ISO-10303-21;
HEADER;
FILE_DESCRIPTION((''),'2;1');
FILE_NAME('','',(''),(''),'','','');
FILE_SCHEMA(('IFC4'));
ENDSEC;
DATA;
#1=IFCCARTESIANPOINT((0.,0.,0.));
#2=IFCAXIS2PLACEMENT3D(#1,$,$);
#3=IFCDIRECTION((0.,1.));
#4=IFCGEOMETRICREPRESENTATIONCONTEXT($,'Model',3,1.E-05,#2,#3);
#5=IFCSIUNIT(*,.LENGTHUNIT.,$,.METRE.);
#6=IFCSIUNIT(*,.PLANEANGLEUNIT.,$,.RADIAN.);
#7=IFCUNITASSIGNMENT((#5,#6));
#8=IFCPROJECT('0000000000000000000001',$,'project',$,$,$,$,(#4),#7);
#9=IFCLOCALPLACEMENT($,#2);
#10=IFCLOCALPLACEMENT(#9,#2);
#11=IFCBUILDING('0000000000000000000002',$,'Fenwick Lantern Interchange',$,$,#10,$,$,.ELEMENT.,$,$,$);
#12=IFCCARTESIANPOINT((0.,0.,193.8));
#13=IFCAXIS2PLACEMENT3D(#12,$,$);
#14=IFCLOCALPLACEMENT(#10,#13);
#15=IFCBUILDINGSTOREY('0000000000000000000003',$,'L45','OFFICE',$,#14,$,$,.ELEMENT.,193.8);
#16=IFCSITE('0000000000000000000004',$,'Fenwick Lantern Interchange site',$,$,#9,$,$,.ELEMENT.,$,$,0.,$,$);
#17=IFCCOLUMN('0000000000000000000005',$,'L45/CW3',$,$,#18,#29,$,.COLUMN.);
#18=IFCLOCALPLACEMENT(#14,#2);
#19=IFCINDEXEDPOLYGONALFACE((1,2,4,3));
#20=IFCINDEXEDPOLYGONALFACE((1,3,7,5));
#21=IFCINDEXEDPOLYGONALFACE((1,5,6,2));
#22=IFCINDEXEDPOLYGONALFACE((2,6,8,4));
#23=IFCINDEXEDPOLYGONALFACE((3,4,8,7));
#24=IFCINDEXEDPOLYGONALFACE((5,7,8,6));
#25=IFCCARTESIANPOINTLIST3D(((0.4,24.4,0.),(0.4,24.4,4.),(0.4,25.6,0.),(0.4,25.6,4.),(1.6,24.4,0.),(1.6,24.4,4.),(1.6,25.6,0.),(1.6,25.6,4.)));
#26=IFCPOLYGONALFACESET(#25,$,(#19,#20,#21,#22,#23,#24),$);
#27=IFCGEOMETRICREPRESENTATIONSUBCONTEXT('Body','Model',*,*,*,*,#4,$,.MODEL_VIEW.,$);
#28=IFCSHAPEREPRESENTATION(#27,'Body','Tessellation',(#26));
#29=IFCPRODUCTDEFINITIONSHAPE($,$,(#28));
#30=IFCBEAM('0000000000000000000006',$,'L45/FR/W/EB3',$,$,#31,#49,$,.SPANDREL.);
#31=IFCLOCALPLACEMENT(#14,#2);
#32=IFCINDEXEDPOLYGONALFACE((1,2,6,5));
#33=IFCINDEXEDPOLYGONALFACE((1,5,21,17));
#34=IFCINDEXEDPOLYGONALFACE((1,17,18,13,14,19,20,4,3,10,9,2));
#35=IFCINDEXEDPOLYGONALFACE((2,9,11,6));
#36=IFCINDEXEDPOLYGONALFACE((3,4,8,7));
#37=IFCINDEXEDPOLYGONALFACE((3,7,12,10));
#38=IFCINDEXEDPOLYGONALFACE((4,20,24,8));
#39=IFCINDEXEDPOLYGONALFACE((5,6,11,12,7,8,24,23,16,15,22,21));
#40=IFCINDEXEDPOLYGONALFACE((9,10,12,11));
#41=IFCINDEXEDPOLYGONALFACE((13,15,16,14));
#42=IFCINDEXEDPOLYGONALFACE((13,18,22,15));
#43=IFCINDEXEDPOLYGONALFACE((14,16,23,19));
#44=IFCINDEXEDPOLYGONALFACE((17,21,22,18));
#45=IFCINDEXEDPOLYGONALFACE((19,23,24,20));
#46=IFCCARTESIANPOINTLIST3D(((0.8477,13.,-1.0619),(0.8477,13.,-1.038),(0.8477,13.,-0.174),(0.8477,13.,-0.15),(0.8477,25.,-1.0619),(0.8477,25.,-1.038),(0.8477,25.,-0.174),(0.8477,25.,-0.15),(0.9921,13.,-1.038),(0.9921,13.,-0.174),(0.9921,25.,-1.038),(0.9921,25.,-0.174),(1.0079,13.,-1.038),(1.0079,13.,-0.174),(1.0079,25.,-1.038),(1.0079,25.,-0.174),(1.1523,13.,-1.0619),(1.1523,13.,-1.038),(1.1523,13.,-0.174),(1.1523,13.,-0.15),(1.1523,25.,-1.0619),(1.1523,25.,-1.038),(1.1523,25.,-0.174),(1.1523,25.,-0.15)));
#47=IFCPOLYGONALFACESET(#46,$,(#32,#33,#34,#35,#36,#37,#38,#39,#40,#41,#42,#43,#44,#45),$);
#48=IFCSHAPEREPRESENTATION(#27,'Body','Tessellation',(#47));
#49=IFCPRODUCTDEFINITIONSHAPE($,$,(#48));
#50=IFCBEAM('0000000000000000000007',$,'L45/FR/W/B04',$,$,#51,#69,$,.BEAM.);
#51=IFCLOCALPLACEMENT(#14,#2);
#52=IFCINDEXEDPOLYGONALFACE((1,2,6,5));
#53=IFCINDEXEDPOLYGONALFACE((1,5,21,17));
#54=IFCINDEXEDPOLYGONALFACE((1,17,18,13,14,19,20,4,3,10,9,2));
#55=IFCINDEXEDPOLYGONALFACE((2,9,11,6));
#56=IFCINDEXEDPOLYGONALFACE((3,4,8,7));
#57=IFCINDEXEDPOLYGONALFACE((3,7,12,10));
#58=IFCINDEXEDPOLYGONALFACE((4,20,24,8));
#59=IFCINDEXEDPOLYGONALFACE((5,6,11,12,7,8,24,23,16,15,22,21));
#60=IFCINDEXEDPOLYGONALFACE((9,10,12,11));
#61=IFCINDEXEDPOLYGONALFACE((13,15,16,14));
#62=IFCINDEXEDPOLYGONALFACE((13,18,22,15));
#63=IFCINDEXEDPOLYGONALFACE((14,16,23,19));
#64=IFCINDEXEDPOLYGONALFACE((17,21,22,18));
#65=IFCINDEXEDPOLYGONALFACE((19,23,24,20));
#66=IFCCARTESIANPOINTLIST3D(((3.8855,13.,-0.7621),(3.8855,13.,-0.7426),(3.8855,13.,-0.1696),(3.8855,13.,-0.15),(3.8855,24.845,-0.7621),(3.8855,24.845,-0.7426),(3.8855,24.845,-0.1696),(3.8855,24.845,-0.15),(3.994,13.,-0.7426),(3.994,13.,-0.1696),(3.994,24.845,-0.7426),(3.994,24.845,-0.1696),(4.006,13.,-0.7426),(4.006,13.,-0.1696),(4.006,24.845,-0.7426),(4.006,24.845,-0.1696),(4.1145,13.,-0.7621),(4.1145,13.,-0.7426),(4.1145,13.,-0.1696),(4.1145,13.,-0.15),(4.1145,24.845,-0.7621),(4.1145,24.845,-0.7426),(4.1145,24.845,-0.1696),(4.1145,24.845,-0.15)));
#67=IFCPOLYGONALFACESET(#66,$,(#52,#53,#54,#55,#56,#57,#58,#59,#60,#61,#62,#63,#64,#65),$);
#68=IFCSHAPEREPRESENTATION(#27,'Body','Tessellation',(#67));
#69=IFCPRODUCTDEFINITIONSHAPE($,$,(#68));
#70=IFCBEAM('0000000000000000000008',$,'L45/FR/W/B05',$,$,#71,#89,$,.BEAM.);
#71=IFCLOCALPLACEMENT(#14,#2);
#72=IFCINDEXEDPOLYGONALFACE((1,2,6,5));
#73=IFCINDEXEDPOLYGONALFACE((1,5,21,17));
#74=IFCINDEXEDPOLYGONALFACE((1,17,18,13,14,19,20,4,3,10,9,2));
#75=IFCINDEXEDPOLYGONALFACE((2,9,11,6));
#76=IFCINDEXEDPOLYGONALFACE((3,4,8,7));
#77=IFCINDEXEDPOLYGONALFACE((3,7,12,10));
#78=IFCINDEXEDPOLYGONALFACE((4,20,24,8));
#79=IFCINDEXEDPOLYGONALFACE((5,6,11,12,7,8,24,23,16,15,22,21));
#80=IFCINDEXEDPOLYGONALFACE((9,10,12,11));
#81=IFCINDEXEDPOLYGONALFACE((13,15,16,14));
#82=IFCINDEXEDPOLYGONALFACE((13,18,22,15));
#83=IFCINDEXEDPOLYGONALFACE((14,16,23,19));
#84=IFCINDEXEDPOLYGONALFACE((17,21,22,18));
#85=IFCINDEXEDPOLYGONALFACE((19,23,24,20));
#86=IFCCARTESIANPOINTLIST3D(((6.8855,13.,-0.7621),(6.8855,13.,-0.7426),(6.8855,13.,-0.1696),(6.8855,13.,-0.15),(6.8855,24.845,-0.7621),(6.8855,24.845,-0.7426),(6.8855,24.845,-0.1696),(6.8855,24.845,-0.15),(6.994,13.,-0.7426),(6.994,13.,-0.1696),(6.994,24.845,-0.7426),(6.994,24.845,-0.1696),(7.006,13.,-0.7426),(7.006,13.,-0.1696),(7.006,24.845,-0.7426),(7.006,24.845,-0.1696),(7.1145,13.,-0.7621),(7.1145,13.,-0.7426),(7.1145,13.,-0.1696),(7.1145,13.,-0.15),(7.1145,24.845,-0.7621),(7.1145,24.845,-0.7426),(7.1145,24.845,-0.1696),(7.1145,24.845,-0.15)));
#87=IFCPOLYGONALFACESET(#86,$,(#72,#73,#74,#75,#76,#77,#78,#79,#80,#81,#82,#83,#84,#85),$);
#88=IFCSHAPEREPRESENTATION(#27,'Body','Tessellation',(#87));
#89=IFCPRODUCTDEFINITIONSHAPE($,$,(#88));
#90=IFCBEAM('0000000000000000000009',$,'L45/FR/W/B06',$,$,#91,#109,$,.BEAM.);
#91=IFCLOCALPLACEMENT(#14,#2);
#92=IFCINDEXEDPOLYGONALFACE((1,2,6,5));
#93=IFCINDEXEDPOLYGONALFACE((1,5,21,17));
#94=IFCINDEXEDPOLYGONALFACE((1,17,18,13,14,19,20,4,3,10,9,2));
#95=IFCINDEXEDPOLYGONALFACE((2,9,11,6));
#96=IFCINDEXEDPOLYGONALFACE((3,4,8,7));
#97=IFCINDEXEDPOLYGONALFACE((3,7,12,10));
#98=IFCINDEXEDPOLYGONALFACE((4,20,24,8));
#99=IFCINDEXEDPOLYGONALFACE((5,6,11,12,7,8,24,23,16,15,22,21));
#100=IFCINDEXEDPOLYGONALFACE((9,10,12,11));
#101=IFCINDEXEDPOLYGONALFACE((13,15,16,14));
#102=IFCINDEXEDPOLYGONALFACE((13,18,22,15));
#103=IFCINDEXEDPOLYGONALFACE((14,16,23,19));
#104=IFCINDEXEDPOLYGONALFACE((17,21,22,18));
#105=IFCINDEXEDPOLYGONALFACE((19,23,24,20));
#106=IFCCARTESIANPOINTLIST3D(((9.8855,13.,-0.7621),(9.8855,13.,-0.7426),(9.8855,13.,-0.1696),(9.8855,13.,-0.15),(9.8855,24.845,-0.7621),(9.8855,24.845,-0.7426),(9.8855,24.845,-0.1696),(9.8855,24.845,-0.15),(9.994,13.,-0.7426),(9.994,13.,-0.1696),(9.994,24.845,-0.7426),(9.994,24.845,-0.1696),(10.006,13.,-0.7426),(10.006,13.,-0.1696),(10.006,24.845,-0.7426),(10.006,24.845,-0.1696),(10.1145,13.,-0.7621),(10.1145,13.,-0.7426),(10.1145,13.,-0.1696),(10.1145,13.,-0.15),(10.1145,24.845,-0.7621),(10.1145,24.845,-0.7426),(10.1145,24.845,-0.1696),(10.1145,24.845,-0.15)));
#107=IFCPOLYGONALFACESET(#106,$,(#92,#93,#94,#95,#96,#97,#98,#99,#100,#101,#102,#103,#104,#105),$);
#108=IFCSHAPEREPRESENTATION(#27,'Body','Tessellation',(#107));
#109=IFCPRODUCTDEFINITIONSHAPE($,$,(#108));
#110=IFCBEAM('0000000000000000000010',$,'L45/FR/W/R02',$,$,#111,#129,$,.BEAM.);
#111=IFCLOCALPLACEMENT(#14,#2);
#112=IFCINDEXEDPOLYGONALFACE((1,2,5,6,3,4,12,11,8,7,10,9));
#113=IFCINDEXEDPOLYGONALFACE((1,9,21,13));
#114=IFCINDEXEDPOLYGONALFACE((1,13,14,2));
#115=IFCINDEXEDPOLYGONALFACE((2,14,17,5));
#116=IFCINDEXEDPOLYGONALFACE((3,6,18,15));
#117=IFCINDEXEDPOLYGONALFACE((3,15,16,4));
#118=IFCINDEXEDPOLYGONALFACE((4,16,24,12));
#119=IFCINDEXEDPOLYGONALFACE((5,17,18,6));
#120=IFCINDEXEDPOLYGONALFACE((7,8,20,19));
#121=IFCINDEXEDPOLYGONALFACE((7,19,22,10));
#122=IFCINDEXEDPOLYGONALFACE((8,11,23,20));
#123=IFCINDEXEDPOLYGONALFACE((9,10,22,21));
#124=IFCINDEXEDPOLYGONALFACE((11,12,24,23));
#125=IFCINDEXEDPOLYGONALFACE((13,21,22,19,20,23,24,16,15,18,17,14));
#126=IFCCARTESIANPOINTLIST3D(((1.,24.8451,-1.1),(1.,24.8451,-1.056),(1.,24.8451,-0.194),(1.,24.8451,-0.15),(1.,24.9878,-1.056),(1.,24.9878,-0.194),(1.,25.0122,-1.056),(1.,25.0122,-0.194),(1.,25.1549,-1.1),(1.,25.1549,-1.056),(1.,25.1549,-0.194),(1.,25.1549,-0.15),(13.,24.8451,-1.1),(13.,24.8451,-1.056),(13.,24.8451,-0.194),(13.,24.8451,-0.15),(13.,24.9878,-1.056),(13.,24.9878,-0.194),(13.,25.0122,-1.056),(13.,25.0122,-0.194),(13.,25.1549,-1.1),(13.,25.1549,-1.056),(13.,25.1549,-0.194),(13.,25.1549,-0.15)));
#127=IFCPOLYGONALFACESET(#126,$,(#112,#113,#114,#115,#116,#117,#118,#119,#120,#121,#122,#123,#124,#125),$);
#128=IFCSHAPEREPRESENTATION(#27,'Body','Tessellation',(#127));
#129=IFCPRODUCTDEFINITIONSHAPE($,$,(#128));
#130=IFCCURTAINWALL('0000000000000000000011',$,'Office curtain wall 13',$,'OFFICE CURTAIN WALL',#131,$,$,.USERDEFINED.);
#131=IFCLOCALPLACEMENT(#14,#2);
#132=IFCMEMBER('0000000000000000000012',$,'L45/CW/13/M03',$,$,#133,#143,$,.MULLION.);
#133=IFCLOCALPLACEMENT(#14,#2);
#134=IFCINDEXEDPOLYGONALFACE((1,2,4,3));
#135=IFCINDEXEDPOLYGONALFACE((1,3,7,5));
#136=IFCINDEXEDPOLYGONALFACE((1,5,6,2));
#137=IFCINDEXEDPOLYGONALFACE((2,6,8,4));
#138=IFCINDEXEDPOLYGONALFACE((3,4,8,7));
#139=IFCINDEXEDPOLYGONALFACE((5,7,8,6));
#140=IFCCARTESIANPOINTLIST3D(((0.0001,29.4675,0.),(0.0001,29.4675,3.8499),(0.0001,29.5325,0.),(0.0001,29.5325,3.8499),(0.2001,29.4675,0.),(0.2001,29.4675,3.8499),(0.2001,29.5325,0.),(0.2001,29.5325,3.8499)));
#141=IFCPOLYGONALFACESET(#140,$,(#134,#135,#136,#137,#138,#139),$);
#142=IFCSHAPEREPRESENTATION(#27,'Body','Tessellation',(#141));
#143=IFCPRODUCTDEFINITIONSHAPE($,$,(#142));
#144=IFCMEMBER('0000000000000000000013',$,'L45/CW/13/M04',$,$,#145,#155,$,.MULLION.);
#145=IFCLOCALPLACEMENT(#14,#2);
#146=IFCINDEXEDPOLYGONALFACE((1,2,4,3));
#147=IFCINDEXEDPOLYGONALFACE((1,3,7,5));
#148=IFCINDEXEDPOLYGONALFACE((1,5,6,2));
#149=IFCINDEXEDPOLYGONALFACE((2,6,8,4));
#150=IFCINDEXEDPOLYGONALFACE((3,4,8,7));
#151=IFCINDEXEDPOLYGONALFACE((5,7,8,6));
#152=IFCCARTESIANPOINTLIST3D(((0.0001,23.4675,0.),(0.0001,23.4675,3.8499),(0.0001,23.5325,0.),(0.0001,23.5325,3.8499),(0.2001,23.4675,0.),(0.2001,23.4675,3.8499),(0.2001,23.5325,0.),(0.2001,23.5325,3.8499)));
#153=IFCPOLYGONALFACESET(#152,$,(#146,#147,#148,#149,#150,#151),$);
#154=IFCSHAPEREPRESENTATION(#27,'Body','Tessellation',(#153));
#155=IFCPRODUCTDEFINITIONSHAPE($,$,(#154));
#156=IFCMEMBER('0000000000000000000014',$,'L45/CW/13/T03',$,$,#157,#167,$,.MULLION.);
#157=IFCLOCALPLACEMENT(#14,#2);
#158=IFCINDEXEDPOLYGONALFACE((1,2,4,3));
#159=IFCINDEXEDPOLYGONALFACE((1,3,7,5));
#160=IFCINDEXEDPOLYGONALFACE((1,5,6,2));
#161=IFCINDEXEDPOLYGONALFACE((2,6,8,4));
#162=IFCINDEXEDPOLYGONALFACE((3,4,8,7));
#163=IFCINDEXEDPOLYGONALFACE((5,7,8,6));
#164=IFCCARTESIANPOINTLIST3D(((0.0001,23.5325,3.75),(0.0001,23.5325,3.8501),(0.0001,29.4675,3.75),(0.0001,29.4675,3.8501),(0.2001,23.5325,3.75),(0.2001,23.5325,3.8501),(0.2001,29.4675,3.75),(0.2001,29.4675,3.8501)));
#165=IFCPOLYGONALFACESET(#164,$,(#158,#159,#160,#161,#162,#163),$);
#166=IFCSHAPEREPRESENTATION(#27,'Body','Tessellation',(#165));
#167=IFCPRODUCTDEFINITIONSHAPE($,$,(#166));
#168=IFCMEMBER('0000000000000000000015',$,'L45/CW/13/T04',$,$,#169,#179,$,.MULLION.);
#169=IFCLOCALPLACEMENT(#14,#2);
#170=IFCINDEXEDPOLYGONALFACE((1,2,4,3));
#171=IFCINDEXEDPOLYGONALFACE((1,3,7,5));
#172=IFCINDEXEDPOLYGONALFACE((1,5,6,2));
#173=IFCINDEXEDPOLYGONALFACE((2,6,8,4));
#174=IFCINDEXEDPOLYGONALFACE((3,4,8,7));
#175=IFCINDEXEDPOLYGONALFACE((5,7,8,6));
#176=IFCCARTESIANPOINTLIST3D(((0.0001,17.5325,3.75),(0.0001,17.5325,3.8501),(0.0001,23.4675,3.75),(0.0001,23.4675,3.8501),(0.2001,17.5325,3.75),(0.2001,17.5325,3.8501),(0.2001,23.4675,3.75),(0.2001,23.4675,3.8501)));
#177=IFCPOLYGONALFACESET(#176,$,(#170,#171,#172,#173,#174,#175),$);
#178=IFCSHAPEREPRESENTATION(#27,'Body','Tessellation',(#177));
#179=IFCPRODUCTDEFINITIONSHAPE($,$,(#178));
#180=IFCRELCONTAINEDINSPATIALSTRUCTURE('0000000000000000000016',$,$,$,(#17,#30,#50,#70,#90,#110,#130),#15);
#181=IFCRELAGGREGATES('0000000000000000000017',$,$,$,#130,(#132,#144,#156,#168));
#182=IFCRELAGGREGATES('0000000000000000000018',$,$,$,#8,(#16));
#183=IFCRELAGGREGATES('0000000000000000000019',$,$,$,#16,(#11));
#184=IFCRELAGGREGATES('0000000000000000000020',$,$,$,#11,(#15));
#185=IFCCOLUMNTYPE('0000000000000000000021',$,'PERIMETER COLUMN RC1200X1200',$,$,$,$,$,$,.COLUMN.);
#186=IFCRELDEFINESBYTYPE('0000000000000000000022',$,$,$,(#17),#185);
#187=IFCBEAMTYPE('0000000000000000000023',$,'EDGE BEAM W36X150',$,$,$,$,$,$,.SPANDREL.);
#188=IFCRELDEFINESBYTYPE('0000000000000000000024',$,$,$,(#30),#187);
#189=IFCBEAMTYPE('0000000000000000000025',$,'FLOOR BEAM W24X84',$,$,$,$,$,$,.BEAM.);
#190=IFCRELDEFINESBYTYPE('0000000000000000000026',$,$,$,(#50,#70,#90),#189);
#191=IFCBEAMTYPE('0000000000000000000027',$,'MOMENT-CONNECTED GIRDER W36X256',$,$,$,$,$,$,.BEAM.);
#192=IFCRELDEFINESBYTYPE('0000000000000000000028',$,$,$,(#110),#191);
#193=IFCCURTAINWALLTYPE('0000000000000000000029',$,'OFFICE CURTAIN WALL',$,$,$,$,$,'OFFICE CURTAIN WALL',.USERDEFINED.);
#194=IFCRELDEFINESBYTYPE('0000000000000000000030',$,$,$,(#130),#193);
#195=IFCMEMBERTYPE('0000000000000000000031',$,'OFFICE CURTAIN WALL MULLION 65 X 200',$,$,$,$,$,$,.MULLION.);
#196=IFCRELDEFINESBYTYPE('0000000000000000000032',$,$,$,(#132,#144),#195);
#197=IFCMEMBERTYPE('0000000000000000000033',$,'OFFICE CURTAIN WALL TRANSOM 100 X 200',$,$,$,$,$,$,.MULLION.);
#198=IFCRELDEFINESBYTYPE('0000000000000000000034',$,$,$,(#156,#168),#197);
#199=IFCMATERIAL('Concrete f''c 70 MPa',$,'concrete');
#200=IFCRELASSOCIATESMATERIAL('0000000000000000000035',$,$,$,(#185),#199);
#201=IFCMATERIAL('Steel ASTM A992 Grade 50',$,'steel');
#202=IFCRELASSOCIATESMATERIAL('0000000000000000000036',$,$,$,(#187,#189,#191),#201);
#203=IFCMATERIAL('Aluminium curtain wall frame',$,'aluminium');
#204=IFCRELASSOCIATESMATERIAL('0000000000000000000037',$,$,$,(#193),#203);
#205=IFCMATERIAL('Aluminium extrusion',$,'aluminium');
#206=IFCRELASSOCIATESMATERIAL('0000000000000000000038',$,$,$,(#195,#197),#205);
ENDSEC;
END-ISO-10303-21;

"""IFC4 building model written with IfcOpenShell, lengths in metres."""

from ifc_helpers import new_model, si_unit, direction, frame, origin, origin_2d, place, context, subcontext, project, spatial, rectangle, i_section, extrude, material, material_profile, profile_set, type_object, element, aggregate, save


model = new_model("IFC4")

# Units and contexts
model_context = context("Model", 3, precision=1e-05, world=origin(), true_north=direction((0.0, 1.0)))
body_context = subcontext(model_context, "Body", "Model", "MODEL_VIEW")
ifc_project = project(units=[si_unit("LENGTHUNIT", "METRE"), si_unit("PLANEANGLEUNIT", "RADIAN")], contexts=[model_context])

# Site, building, storey
site_placement = place(None, origin())
site = spatial("IfcSite", under=ifc_project, at=site_placement, Name="Fenwick Lantern Interchange site", CompositionType="ELEMENT", RefElevation=0.0)
building_placement = place(site_placement, origin())
building = spatial("IfcBuilding", under=site, at=building_placement, Name="Fenwick Lantern Interchange", CompositionType="ELEMENT")
storey_placement = place(building_placement, frame((0.0, 0.0, 193.8)))
storey = spatial("IfcBuildingStorey", under=building, at=storey_placement, Name="L45", Description="OFFICE", CompositionType="ELEMENT", Elevation=193.8)

# Column
ifc_material_1 = material(Name="Concrete f'c 70 MPa", Category="concrete")
ifc_material_profile_1 = material_profile(ifc_material_1, rectangle(XDim=1.2, YDim=1.2, at=origin_2d()), Name="RC1200X1200")
ifc_profile_set_1 = profile_set([ifc_material_profile_1], Name="Concrete f'c 70 MPa")
column_type = type_object("IfcColumnType", Name="PERIMETER COLUMN RC1200X1200", PredefinedType="COLUMN", material=ifc_profile_set_1)
column_placement = place(storey_placement, frame((1.0, 25.0, 0.0), z_axis=(0.0, 0.0, 1.0), x_axis=(1.0, 0.0, 0.0)))
element("IfcColumn", 1, at=column_placement, inside=storey, type_object=column_type, Name="L45/CW3", PredefinedType="COLUMN", context=body_context, shape_type="SweptSolid", body=[
    extrude(rectangle(XDim=1.2, YDim=1.2, at=origin_2d()), origin(), (0.0, 0.0, 1.0), 4.0),
])

# Beams
ifc_material_2 = material(Name="Steel ASTM A992 Grade 50", Category="steel")
ifc_material_profile_2 = material_profile(ifc_material_2, i_section(OverallWidth=0.3047, OverallDepth=0.9119, WebThickness=0.0159, FlangeThickness=0.0239, at=origin_2d()), Name="W36X150")
ifc_profile_set_2 = profile_set([ifc_material_profile_2], Name="Steel ASTM A992 Grade 50")
beam_type_1 = type_object("IfcBeamType", Name="EDGE BEAM W36X150", PredefinedType="SPANDREL", material=ifc_profile_set_2)
beam_1_placement = place(storey_placement, frame((1.0, 25.0, -0.606), z_axis=(0.0, -1.0, 0.0), x_axis=(1.0, 0.0, 0.0)))
element("IfcBeam", 2, at=beam_1_placement, inside=storey, type_object=beam_type_1, Name="L45/FR/W/EB3", PredefinedType="SPANDREL", context=body_context, shape_type="SweptSolid", body=[
    extrude(i_section(OverallWidth=0.3047, OverallDepth=0.9119, WebThickness=0.0159, FlangeThickness=0.0239, at=origin_2d()), origin(), (0.0, 0.0, 1.0), 12.0),
])
ifc_material_profile_3 = material_profile(ifc_material_2, i_section(OverallWidth=0.229, OverallDepth=0.6121, WebThickness=0.012, FlangeThickness=0.0195, at=origin_2d()), Name="W24X84")
ifc_profile_set_3 = profile_set([ifc_material_profile_3], Name="Steel ASTM A992 Grade 50")
beam_type_2 = type_object("IfcBeamType", Name="FLOOR BEAM W24X84", PredefinedType="BEAM", material=ifc_profile_set_3)
for number, where, z_axis, x_axis, name in (
    (3, (4.0, 24.845, -0.4561), (0.0, -1.0, 0.0), (1.0, 0.0, 0.0), "L45/FR/W/B04"),
    (4, (7.0, 24.845, -0.4561), (0.0, -1.0, 0.0), (1.0, 0.0, 0.0), "L45/FR/W/B05"),
    (5, (10.0, 24.845, -0.4561), (0.0, -1.0, 0.0), (1.0, 0.0, 0.0), "L45/FR/W/B06"),
):
    element("IfcBeam", number, at=place(storey_placement, frame(where, z_axis=z_axis, x_axis=x_axis)), inside=storey, type_object=beam_type_2, Name=name, PredefinedType="BEAM", context=body_context, shape_type="SweptSolid", body=[
        extrude(i_section(OverallWidth=0.229, OverallDepth=0.6121, WebThickness=0.012, FlangeThickness=0.0195, at=origin_2d()), origin(), (0.0, 0.0, 1.0), 11.845),
    ])
ifc_material_profile_4 = material_profile(ifc_material_2, i_section(OverallWidth=0.3098, OverallDepth=0.95, WebThickness=0.0244, FlangeThickness=0.0439, at=origin_2d()), Name="W36X256")
ifc_profile_set_4 = profile_set([ifc_material_profile_4], Name="Steel ASTM A992 Grade 50")
beam_type_3 = type_object("IfcBeamType", Name="MOMENT-CONNECTED GIRDER W36X256", PredefinedType="BEAM", material=ifc_profile_set_4)
beam_2_placement = place(storey_placement, frame((1.0, 25.0, -0.625), z_axis=(1.0, 0.0, 0.0), x_axis=(0.0, 1.0, 0.0)))
element("IfcBeam", 6, at=beam_2_placement, inside=storey, type_object=beam_type_3, Name="L45/FR/W/R02", PredefinedType="BEAM", context=body_context, shape_type="SweptSolid", body=[
    extrude(i_section(OverallWidth=0.3098, OverallDepth=0.95, WebThickness=0.0244, FlangeThickness=0.0439, at=origin_2d()), origin(), (0.0, 0.0, 1.0), 12.0),
])

# Curtain wall, members
ifc_material_3 = material(Name="Aluminium curtain wall frame", Category="aluminium")
curtain_wall_type = type_object("IfcCurtainWallType", Name="OFFICE CURTAIN WALL", ElementType="OFFICE CURTAIN WALL", PredefinedType="USERDEFINED", material=ifc_material_3)
curtain_wall_placement = place(storey_placement, origin())
curtain_wall = element("IfcCurtainWall", 7, at=curtain_wall_placement, inside=storey, type_object=curtain_wall_type, Name="Office curtain wall 13", ObjectType="OFFICE CURTAIN WALL", PredefinedType="USERDEFINED")
ifc_material_4 = material(Name="Aluminium extrusion", Category="aluminium")
ifc_material_profile_5 = material_profile(ifc_material_4, rectangle(XDim=0.2, YDim=0.0649, at=origin_2d()), Name="OFFICE CURTAIN WALL MULLION 65 X 200")
ifc_profile_set_5 = profile_set([ifc_material_profile_5], Name="Aluminium extrusion")
member_type_1 = type_object("IfcMemberType", Name="OFFICE CURTAIN WALL MULLION 65 X 200", PredefinedType="MULLION", material=ifc_profile_set_5)
member_1_placement = place(storey_placement, frame((0.1001, 29.5, 0.0), z_axis=(0.0, 0.0, 1.0), x_axis=(1.0, 0.0, 0.0)))
member_1 = element("IfcMember", 8, at=member_1_placement, type_object=member_type_1, Name="L45/CW/13/M03", PredefinedType="MULLION", context=body_context, shape_type="SweptSolid", body=[
    extrude(rectangle(XDim=0.2, YDim=0.0649, at=origin_2d()), origin(), (0.0, 0.0, 1.0), 3.8499),
])
member_2_placement = place(storey_placement, frame((0.1001, 23.5, 0.0), z_axis=(0.0, 0.0, 1.0), x_axis=(1.0, 0.0, 0.0)))
member_2 = element("IfcMember", 9, at=member_2_placement, type_object=member_type_1, Name="L45/CW/13/M04", PredefinedType="MULLION", context=body_context, shape_type="SweptSolid", body=[
    extrude(rectangle(XDim=0.2, YDim=0.0649, at=origin_2d()), origin(), (0.0, 0.0, 1.0), 3.8499),
])
ifc_material_profile_6 = material_profile(ifc_material_4, rectangle(XDim=0.2, YDim=0.1001, at=origin_2d()), Name="OFFICE CURTAIN WALL TRANSOM 100 X 200")
ifc_profile_set_6 = profile_set([ifc_material_profile_6], Name="Aluminium extrusion")
member_type_2 = type_object("IfcMemberType", Name="OFFICE CURTAIN WALL TRANSOM 100 X 200", PredefinedType="MULLION", material=ifc_profile_set_6)
member_3_placement = place(storey_placement, frame((0.1001, 29.4675, 3.8), z_axis=(0.0, -1.0, 0.0), x_axis=(1.0, 0.0, 0.0)))
member_3 = element("IfcMember", 10, at=member_3_placement, type_object=member_type_2, Name="L45/CW/13/T03", PredefinedType="MULLION", context=body_context, shape_type="SweptSolid", body=[
    extrude(rectangle(XDim=0.2, YDim=0.1001, at=origin_2d()), origin(), (0.0, 0.0, 1.0), 5.9351),
])
member_4_placement = place(storey_placement, frame((0.1001, 23.4675, 3.8), z_axis=(0.0, -1.0, 0.0), x_axis=(1.0, 0.0, 0.0)))
member_4 = element("IfcMember", 11, at=member_4_placement, type_object=member_type_2, Name="L45/CW/13/T04", PredefinedType="MULLION", context=body_context, shape_type="SweptSolid", body=[
    extrude(rectangle(XDim=0.2, YDim=0.1001, at=origin_2d()), origin(), (0.0, 0.0, 1.0), 5.9351),
])
aggregate(curtain_wall, [member_1, member_2, member_3, member_4])

save(model, "model.ifc")
